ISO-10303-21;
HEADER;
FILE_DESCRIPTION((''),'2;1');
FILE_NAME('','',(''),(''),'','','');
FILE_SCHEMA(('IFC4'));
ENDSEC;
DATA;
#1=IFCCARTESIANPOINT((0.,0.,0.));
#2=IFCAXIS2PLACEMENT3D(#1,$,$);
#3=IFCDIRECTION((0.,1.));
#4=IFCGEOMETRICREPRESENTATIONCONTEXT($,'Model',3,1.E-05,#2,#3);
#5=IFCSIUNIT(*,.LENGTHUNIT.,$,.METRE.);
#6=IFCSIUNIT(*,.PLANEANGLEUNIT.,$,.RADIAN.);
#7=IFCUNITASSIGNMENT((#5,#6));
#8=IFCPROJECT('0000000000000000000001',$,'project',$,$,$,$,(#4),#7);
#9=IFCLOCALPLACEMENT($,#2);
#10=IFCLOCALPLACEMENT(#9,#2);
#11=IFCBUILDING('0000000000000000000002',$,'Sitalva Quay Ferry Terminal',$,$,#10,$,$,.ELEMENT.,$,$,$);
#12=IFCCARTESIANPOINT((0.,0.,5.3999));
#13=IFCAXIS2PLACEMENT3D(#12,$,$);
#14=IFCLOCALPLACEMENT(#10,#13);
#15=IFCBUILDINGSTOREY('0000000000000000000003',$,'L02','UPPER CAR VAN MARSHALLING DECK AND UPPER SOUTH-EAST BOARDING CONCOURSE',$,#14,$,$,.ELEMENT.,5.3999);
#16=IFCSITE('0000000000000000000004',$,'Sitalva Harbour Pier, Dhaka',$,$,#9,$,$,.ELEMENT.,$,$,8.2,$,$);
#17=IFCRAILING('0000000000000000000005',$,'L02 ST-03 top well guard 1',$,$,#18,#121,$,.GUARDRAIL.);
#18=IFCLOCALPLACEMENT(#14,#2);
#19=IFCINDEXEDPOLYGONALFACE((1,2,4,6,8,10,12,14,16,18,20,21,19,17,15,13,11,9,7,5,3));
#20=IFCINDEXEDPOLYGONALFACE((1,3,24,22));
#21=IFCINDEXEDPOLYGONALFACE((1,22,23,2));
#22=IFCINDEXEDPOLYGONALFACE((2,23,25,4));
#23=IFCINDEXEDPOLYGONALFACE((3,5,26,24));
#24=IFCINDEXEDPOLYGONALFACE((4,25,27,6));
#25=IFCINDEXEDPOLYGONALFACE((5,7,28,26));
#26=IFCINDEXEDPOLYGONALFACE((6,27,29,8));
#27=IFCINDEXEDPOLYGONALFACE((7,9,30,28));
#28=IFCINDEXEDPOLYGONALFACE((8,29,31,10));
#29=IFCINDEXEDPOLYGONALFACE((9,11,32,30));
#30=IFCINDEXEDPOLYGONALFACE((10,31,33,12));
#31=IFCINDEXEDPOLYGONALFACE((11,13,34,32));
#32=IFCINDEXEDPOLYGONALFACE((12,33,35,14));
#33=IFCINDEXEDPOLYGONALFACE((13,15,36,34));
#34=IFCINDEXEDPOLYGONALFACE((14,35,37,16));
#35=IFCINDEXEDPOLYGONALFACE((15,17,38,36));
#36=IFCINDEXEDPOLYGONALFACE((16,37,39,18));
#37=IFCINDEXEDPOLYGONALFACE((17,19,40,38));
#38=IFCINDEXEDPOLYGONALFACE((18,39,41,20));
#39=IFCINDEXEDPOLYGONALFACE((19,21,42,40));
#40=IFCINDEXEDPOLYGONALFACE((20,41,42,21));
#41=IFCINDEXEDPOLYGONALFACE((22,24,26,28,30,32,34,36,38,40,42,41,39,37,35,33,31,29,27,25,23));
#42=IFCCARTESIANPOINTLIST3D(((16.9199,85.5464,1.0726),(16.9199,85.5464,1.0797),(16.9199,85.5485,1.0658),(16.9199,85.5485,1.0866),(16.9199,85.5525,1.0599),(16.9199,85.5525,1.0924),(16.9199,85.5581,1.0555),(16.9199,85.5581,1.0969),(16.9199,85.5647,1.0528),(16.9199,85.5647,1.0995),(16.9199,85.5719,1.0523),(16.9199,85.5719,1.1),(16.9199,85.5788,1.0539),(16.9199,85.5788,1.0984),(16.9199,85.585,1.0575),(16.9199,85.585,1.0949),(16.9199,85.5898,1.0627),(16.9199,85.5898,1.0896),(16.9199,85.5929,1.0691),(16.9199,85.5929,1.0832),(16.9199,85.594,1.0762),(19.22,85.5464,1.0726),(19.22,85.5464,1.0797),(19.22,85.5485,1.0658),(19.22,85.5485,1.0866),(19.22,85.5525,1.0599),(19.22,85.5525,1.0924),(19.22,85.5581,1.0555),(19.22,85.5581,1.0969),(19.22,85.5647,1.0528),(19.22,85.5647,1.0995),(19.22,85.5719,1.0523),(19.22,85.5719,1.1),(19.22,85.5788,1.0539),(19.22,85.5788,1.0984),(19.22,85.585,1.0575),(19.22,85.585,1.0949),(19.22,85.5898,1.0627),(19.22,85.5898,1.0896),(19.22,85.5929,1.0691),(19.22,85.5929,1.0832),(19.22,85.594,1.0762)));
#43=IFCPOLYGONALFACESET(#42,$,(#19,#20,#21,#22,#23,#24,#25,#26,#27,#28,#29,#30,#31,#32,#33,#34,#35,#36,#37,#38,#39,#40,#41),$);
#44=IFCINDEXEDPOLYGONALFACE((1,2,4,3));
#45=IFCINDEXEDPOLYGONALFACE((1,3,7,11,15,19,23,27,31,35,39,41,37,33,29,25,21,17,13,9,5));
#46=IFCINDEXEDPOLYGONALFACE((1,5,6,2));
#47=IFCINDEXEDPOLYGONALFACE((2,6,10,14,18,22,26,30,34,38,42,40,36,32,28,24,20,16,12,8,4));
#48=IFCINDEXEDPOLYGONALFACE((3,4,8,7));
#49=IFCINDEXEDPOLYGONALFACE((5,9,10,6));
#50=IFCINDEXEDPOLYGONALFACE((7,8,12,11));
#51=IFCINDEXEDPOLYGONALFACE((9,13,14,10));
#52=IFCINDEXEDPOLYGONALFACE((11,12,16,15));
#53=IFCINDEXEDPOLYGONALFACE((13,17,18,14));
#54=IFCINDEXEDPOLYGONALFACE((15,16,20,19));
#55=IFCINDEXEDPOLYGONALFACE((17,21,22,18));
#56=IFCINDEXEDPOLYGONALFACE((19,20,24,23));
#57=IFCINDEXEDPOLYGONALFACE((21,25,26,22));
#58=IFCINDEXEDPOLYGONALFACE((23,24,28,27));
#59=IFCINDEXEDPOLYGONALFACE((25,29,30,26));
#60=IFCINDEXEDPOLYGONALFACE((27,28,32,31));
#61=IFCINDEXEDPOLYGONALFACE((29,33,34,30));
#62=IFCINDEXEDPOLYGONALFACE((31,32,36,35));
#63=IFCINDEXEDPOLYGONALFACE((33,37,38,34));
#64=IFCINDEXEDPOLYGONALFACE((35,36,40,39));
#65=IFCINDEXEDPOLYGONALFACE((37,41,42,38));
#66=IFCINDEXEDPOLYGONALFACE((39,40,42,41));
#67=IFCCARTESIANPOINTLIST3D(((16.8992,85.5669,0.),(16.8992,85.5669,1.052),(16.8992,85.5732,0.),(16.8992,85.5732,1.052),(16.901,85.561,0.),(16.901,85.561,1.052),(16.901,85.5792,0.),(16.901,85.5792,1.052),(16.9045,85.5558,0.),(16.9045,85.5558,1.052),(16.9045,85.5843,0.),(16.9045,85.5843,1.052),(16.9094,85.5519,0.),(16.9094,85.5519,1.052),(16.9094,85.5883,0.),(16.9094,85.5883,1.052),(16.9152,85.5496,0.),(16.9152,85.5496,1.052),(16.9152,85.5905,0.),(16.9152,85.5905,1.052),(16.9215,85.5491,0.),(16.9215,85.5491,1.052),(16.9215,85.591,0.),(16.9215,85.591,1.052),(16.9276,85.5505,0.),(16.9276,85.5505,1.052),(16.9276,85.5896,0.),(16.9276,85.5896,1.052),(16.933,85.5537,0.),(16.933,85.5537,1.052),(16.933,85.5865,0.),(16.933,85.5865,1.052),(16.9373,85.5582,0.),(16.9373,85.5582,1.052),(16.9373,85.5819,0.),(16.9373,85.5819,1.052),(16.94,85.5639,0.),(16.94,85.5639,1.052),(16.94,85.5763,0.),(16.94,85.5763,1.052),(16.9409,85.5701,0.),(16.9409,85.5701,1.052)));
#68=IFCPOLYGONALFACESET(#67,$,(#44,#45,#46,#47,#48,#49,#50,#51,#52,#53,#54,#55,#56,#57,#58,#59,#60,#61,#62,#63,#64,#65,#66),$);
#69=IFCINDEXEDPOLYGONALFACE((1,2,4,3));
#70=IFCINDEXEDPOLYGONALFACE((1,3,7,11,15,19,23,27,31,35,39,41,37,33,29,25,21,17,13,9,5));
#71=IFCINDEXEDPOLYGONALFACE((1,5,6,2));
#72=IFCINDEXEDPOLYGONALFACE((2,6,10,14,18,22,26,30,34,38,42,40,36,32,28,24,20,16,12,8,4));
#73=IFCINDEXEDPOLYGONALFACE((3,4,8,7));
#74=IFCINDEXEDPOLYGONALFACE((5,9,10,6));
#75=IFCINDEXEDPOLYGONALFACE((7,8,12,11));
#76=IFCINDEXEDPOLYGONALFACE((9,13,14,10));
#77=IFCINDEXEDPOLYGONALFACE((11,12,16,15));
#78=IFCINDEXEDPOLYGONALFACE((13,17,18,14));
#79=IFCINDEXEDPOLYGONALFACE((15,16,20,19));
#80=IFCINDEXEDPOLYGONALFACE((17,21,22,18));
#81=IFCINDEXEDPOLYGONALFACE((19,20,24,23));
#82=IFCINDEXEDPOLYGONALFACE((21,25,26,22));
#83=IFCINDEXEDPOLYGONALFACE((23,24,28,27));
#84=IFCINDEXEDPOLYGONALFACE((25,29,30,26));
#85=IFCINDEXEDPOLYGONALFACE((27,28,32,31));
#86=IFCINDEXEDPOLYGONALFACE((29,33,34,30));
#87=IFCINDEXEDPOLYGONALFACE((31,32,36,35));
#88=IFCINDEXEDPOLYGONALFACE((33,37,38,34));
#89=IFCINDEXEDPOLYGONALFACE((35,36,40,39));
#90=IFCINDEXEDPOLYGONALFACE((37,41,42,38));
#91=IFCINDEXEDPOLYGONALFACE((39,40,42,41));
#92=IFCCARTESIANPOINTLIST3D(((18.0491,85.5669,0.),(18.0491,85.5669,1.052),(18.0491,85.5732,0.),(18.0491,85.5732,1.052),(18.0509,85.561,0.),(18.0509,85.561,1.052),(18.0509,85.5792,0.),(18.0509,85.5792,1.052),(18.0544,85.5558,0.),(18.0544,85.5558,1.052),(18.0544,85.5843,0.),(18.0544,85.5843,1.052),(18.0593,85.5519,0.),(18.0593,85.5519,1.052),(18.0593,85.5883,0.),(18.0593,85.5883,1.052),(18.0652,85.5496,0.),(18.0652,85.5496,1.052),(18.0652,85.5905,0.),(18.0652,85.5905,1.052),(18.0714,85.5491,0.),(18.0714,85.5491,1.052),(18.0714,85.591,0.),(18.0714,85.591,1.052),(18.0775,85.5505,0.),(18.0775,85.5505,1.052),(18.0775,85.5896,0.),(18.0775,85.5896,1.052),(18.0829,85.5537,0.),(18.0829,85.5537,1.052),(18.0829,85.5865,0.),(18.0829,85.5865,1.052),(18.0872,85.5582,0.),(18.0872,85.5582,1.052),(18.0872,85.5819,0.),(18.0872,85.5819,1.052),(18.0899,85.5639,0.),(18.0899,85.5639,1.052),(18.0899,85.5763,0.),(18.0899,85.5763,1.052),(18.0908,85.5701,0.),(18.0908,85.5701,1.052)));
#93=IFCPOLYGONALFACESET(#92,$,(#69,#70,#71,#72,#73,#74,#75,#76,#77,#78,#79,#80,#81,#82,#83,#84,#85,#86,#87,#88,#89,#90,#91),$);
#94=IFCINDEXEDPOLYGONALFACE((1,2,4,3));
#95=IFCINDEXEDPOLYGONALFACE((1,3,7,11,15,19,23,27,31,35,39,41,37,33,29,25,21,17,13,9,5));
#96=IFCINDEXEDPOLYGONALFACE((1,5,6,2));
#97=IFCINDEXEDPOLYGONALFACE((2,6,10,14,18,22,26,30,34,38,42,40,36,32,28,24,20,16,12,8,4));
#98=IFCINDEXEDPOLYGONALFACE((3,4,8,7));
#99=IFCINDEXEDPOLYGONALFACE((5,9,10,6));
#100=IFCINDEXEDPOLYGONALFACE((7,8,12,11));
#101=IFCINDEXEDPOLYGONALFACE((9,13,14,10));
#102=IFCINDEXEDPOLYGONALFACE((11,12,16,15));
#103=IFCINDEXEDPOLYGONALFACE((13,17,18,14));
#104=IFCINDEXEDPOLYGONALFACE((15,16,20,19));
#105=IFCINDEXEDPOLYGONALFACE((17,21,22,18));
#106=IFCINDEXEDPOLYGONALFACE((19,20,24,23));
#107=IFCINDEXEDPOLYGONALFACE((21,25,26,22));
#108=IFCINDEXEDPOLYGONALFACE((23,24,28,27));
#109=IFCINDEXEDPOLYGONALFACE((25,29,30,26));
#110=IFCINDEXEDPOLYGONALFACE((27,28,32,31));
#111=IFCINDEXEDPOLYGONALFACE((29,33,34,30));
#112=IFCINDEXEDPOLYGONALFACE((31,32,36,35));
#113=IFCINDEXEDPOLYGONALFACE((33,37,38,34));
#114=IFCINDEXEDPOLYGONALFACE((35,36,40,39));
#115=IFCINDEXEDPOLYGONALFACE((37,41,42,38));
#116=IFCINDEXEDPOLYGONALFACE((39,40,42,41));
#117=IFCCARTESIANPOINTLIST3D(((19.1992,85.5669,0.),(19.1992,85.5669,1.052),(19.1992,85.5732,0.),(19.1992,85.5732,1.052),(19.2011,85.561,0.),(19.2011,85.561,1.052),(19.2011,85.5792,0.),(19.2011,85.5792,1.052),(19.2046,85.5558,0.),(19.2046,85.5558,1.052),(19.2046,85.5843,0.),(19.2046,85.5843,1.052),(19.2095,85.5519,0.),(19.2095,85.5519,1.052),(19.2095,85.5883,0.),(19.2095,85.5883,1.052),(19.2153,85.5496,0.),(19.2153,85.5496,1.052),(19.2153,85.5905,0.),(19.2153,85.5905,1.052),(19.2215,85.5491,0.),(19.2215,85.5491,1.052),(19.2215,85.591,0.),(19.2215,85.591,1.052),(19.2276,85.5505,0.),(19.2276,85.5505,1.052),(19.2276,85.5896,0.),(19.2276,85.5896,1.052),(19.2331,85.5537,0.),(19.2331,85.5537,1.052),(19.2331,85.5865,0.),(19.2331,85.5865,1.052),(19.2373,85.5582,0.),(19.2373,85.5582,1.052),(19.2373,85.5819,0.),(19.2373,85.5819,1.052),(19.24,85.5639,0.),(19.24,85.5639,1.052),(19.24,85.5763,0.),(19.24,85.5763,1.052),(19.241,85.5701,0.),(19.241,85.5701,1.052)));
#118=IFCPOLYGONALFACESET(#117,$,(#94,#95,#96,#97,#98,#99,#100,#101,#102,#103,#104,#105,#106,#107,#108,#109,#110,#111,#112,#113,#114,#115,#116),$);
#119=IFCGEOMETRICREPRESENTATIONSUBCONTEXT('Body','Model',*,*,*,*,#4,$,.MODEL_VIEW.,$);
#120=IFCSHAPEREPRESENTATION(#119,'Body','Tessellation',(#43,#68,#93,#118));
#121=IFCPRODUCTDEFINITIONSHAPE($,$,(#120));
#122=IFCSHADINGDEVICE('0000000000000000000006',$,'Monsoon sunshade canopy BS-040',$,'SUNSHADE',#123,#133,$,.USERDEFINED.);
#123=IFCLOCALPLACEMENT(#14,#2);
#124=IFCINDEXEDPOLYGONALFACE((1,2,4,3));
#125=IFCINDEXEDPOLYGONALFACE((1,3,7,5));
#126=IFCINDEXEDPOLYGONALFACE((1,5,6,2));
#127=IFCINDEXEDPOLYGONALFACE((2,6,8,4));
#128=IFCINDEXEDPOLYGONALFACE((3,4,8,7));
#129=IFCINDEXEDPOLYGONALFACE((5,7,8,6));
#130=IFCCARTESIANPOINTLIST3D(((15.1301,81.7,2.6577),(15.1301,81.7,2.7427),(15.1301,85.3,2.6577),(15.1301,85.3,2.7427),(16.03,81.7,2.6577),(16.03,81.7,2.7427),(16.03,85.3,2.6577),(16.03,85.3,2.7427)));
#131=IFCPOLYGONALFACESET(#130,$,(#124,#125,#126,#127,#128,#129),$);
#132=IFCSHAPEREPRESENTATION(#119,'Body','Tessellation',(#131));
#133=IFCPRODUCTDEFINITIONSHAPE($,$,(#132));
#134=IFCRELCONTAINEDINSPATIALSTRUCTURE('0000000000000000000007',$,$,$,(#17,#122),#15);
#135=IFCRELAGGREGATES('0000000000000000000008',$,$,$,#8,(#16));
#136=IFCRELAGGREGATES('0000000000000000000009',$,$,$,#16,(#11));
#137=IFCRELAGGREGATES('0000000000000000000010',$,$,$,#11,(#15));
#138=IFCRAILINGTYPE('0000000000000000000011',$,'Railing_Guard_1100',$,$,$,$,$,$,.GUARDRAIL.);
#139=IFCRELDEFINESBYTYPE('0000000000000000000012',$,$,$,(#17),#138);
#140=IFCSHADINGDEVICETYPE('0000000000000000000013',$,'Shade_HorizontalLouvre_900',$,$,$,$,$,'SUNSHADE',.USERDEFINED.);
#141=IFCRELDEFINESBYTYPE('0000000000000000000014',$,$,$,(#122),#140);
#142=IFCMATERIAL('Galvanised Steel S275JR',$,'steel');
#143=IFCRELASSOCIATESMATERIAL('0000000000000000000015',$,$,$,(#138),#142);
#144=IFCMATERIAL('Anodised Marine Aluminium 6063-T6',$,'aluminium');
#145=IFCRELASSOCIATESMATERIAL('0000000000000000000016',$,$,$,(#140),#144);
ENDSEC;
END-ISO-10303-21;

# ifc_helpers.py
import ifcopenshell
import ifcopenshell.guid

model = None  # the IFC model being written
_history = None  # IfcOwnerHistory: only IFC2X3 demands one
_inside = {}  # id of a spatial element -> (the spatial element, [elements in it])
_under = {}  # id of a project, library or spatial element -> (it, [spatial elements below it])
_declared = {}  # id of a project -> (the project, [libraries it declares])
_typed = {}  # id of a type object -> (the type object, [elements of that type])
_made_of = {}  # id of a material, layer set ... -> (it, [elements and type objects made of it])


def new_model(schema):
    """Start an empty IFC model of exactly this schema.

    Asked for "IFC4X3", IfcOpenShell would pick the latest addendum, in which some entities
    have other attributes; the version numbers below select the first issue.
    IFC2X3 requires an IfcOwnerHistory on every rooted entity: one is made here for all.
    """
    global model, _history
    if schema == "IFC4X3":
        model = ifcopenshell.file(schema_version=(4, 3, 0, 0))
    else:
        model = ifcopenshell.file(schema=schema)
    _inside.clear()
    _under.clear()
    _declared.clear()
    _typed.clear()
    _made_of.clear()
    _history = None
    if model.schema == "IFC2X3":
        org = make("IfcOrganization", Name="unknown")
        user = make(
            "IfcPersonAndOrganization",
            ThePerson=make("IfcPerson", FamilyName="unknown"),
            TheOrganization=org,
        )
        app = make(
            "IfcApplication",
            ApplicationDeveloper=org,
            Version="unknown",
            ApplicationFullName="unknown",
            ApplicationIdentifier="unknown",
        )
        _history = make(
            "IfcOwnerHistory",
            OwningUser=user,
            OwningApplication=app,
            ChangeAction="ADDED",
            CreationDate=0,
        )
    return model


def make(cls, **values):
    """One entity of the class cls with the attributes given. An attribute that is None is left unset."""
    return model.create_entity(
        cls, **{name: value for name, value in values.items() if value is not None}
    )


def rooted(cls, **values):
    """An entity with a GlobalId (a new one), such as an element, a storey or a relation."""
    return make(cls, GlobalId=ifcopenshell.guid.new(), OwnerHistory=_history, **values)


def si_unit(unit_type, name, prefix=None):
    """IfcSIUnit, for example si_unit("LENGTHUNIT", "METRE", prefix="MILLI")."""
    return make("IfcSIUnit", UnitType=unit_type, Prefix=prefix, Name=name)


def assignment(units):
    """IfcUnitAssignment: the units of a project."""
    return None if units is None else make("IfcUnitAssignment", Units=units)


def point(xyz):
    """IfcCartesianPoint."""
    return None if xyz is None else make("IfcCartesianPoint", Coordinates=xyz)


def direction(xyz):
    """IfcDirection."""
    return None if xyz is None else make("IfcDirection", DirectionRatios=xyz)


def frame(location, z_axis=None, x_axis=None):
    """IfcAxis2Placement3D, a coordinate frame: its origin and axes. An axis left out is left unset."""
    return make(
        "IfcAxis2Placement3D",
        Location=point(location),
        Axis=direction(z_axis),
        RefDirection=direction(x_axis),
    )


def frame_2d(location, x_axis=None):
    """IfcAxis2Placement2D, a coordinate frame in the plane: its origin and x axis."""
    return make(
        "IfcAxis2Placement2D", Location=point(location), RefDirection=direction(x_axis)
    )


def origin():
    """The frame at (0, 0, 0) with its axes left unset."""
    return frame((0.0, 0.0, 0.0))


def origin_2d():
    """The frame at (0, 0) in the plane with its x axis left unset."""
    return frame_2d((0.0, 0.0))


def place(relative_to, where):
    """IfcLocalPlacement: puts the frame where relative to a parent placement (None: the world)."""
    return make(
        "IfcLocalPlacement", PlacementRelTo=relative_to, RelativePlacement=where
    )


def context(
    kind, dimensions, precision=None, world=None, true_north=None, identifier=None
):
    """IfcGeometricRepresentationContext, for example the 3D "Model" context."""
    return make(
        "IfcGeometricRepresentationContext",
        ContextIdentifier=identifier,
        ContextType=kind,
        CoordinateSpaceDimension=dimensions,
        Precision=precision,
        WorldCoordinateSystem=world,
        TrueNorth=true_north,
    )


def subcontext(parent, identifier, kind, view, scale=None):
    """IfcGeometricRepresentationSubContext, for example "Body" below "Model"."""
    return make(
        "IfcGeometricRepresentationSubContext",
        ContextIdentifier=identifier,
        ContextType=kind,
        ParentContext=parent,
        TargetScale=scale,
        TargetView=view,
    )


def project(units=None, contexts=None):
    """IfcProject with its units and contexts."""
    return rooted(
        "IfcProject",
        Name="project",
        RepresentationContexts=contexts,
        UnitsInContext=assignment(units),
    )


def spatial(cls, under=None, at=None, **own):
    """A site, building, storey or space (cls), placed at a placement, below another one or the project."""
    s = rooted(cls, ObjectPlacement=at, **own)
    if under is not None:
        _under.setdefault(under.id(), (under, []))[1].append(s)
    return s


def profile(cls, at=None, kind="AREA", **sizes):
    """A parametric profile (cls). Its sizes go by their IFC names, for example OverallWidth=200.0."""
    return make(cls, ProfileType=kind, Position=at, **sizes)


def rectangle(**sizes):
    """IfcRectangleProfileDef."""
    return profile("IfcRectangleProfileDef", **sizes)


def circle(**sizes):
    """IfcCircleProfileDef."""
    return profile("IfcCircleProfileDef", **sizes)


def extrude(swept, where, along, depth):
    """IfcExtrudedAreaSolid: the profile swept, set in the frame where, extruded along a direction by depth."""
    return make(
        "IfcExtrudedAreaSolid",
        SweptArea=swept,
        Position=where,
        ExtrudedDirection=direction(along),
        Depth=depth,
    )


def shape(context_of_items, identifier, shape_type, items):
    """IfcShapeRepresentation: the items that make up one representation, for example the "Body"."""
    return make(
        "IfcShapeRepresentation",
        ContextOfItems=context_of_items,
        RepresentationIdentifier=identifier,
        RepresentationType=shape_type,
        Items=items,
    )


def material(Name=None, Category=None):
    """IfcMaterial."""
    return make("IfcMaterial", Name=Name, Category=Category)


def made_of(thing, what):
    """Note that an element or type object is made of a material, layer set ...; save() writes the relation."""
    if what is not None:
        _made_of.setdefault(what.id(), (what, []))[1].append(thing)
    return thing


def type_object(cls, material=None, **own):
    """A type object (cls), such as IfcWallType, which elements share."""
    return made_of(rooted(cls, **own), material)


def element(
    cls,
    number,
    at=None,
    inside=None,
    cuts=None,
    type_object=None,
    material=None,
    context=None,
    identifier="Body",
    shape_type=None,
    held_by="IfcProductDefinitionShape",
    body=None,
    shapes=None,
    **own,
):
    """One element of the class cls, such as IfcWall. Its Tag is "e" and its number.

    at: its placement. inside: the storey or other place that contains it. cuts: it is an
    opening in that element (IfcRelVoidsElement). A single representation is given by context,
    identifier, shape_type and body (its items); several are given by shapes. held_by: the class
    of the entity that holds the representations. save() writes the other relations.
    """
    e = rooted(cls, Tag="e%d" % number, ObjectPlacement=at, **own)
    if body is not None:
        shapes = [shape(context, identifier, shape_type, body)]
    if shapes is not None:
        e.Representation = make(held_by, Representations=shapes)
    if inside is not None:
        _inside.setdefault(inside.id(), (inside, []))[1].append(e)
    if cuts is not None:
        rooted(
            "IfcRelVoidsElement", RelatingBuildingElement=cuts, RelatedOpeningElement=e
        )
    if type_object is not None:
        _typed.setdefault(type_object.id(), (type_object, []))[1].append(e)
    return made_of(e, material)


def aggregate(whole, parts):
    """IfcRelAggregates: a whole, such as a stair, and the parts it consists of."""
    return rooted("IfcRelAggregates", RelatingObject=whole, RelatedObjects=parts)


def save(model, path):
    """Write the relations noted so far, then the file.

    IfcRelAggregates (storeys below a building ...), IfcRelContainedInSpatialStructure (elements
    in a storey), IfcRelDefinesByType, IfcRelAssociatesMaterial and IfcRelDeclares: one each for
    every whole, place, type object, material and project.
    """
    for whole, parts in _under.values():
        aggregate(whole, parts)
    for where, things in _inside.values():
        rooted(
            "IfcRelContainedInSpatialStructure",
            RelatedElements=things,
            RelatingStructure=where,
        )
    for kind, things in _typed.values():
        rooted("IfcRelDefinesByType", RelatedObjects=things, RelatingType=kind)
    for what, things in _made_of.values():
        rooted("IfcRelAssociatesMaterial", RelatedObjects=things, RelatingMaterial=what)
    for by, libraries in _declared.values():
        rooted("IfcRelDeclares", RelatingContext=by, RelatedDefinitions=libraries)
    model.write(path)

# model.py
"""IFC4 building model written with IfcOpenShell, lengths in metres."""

from ifc_helpers import new_model, si_unit, direction, frame, origin, origin_2d, place, context, subcontext, project, spatial, rectangle, circle, extrude, material, type_object, element, save


model = new_model("IFC4")

# Units and contexts
model_context = context("Model", 3, precision=1e-05, world=origin(), true_north=direction((0.0, 1.0)))
body_context = subcontext(model_context, "Body", "Model", "MODEL_VIEW")
ifc_project = project(units=[si_unit("LENGTHUNIT", "METRE"), si_unit("PLANEANGLEUNIT", "RADIAN")], contexts=[model_context])

# Site, building, storey
site_placement = place(None, origin())
site = spatial("IfcSite", under=ifc_project, at=site_placement, Name="Sitalva Harbour Pier, Dhaka", CompositionType="ELEMENT", RefElevation=8.2)
building_placement = place(site_placement, origin())
building = spatial("IfcBuilding", under=site, at=building_placement, Name="Sitalva Quay Ferry Terminal", CompositionType="ELEMENT")
storey_placement = place(building_placement, frame((0.0, 0.0, 5.3999)))
storey = spatial("IfcBuildingStorey", under=building, at=storey_placement, Name="L02", Description="UPPER CAR VAN MARSHALLING DECK AND UPPER SOUTH-EAST BOARDING CONCOURSE", CompositionType="ELEMENT", Elevation=5.3999)

# Railing
ifc_material_1 = material(Name="Galvanised Steel S275JR", Category="steel")
railing_type_1 = type_object("IfcRailingType", Name="Railing_Guard_1100", PredefinedType="GUARDRAIL", material=ifc_material_1)
railing_1_placement = place(storey_placement, frame((16.9199, 85.5701, 0.0)))
element("IfcRailing", 1, at=railing_1_placement, inside=storey, type_object=railing_type_1, Name="L02 ST-03 top well guard 1", PredefinedType="GUARDRAIL", context=body_context, shape_type="SweptSolid", body=[
    extrude(circle(Radius=0.0239, at=origin_2d()), frame((0.0, 0.0, 1.0762), z_axis=(1.0, 0.0, 0.0), x_axis=(0.0, 1.0, 0.0)), (0.0, 0.0, 1.0), 2.3),
    extrude(circle(Radius=0.021, at=origin_2d()), origin(), (0.0, 0.0, 1.0), 1.052),
    extrude(circle(Radius=0.021, at=origin_2d()), frame((1.1499, 0.0, 0.0)), (0.0, 0.0, 1.0), 1.052),
    extrude(circle(Radius=0.021, at=origin_2d()), frame((2.3, 0.0, 0.0)), (0.0, 0.0, 1.0), 1.052),
])

# Shading device
ifc_material_2 = material(Name="Anodised Marine Aluminium 6063-T6", Category="aluminium")
shading_device_type = type_object("IfcShadingDeviceType", Name="Shade_HorizontalLouvre_900", ElementType="SUNSHADE", PredefinedType="USERDEFINED", material=ifc_material_2)
shading_device_placement = place(storey_placement, frame((15.5801, 83.5, 2.6577), z_axis=(0.0, 0.0, 1.0), x_axis=(1.0, 0.0, 0.0)))
element("IfcShadingDevice", 2, at=shading_device_placement, inside=storey, type_object=shading_device_type, Name="Monsoon sunshade canopy BS-040", ObjectType="SUNSHADE", PredefinedType="USERDEFINED", context=body_context, shape_type="SweptSolid", body=[
    extrude(rectangle(XDim=0.8999, YDim=3.6001, at=origin_2d()), origin(), (0.0, 0.0, 1.0), 0.085),
])

save(model, "model.ifc")
